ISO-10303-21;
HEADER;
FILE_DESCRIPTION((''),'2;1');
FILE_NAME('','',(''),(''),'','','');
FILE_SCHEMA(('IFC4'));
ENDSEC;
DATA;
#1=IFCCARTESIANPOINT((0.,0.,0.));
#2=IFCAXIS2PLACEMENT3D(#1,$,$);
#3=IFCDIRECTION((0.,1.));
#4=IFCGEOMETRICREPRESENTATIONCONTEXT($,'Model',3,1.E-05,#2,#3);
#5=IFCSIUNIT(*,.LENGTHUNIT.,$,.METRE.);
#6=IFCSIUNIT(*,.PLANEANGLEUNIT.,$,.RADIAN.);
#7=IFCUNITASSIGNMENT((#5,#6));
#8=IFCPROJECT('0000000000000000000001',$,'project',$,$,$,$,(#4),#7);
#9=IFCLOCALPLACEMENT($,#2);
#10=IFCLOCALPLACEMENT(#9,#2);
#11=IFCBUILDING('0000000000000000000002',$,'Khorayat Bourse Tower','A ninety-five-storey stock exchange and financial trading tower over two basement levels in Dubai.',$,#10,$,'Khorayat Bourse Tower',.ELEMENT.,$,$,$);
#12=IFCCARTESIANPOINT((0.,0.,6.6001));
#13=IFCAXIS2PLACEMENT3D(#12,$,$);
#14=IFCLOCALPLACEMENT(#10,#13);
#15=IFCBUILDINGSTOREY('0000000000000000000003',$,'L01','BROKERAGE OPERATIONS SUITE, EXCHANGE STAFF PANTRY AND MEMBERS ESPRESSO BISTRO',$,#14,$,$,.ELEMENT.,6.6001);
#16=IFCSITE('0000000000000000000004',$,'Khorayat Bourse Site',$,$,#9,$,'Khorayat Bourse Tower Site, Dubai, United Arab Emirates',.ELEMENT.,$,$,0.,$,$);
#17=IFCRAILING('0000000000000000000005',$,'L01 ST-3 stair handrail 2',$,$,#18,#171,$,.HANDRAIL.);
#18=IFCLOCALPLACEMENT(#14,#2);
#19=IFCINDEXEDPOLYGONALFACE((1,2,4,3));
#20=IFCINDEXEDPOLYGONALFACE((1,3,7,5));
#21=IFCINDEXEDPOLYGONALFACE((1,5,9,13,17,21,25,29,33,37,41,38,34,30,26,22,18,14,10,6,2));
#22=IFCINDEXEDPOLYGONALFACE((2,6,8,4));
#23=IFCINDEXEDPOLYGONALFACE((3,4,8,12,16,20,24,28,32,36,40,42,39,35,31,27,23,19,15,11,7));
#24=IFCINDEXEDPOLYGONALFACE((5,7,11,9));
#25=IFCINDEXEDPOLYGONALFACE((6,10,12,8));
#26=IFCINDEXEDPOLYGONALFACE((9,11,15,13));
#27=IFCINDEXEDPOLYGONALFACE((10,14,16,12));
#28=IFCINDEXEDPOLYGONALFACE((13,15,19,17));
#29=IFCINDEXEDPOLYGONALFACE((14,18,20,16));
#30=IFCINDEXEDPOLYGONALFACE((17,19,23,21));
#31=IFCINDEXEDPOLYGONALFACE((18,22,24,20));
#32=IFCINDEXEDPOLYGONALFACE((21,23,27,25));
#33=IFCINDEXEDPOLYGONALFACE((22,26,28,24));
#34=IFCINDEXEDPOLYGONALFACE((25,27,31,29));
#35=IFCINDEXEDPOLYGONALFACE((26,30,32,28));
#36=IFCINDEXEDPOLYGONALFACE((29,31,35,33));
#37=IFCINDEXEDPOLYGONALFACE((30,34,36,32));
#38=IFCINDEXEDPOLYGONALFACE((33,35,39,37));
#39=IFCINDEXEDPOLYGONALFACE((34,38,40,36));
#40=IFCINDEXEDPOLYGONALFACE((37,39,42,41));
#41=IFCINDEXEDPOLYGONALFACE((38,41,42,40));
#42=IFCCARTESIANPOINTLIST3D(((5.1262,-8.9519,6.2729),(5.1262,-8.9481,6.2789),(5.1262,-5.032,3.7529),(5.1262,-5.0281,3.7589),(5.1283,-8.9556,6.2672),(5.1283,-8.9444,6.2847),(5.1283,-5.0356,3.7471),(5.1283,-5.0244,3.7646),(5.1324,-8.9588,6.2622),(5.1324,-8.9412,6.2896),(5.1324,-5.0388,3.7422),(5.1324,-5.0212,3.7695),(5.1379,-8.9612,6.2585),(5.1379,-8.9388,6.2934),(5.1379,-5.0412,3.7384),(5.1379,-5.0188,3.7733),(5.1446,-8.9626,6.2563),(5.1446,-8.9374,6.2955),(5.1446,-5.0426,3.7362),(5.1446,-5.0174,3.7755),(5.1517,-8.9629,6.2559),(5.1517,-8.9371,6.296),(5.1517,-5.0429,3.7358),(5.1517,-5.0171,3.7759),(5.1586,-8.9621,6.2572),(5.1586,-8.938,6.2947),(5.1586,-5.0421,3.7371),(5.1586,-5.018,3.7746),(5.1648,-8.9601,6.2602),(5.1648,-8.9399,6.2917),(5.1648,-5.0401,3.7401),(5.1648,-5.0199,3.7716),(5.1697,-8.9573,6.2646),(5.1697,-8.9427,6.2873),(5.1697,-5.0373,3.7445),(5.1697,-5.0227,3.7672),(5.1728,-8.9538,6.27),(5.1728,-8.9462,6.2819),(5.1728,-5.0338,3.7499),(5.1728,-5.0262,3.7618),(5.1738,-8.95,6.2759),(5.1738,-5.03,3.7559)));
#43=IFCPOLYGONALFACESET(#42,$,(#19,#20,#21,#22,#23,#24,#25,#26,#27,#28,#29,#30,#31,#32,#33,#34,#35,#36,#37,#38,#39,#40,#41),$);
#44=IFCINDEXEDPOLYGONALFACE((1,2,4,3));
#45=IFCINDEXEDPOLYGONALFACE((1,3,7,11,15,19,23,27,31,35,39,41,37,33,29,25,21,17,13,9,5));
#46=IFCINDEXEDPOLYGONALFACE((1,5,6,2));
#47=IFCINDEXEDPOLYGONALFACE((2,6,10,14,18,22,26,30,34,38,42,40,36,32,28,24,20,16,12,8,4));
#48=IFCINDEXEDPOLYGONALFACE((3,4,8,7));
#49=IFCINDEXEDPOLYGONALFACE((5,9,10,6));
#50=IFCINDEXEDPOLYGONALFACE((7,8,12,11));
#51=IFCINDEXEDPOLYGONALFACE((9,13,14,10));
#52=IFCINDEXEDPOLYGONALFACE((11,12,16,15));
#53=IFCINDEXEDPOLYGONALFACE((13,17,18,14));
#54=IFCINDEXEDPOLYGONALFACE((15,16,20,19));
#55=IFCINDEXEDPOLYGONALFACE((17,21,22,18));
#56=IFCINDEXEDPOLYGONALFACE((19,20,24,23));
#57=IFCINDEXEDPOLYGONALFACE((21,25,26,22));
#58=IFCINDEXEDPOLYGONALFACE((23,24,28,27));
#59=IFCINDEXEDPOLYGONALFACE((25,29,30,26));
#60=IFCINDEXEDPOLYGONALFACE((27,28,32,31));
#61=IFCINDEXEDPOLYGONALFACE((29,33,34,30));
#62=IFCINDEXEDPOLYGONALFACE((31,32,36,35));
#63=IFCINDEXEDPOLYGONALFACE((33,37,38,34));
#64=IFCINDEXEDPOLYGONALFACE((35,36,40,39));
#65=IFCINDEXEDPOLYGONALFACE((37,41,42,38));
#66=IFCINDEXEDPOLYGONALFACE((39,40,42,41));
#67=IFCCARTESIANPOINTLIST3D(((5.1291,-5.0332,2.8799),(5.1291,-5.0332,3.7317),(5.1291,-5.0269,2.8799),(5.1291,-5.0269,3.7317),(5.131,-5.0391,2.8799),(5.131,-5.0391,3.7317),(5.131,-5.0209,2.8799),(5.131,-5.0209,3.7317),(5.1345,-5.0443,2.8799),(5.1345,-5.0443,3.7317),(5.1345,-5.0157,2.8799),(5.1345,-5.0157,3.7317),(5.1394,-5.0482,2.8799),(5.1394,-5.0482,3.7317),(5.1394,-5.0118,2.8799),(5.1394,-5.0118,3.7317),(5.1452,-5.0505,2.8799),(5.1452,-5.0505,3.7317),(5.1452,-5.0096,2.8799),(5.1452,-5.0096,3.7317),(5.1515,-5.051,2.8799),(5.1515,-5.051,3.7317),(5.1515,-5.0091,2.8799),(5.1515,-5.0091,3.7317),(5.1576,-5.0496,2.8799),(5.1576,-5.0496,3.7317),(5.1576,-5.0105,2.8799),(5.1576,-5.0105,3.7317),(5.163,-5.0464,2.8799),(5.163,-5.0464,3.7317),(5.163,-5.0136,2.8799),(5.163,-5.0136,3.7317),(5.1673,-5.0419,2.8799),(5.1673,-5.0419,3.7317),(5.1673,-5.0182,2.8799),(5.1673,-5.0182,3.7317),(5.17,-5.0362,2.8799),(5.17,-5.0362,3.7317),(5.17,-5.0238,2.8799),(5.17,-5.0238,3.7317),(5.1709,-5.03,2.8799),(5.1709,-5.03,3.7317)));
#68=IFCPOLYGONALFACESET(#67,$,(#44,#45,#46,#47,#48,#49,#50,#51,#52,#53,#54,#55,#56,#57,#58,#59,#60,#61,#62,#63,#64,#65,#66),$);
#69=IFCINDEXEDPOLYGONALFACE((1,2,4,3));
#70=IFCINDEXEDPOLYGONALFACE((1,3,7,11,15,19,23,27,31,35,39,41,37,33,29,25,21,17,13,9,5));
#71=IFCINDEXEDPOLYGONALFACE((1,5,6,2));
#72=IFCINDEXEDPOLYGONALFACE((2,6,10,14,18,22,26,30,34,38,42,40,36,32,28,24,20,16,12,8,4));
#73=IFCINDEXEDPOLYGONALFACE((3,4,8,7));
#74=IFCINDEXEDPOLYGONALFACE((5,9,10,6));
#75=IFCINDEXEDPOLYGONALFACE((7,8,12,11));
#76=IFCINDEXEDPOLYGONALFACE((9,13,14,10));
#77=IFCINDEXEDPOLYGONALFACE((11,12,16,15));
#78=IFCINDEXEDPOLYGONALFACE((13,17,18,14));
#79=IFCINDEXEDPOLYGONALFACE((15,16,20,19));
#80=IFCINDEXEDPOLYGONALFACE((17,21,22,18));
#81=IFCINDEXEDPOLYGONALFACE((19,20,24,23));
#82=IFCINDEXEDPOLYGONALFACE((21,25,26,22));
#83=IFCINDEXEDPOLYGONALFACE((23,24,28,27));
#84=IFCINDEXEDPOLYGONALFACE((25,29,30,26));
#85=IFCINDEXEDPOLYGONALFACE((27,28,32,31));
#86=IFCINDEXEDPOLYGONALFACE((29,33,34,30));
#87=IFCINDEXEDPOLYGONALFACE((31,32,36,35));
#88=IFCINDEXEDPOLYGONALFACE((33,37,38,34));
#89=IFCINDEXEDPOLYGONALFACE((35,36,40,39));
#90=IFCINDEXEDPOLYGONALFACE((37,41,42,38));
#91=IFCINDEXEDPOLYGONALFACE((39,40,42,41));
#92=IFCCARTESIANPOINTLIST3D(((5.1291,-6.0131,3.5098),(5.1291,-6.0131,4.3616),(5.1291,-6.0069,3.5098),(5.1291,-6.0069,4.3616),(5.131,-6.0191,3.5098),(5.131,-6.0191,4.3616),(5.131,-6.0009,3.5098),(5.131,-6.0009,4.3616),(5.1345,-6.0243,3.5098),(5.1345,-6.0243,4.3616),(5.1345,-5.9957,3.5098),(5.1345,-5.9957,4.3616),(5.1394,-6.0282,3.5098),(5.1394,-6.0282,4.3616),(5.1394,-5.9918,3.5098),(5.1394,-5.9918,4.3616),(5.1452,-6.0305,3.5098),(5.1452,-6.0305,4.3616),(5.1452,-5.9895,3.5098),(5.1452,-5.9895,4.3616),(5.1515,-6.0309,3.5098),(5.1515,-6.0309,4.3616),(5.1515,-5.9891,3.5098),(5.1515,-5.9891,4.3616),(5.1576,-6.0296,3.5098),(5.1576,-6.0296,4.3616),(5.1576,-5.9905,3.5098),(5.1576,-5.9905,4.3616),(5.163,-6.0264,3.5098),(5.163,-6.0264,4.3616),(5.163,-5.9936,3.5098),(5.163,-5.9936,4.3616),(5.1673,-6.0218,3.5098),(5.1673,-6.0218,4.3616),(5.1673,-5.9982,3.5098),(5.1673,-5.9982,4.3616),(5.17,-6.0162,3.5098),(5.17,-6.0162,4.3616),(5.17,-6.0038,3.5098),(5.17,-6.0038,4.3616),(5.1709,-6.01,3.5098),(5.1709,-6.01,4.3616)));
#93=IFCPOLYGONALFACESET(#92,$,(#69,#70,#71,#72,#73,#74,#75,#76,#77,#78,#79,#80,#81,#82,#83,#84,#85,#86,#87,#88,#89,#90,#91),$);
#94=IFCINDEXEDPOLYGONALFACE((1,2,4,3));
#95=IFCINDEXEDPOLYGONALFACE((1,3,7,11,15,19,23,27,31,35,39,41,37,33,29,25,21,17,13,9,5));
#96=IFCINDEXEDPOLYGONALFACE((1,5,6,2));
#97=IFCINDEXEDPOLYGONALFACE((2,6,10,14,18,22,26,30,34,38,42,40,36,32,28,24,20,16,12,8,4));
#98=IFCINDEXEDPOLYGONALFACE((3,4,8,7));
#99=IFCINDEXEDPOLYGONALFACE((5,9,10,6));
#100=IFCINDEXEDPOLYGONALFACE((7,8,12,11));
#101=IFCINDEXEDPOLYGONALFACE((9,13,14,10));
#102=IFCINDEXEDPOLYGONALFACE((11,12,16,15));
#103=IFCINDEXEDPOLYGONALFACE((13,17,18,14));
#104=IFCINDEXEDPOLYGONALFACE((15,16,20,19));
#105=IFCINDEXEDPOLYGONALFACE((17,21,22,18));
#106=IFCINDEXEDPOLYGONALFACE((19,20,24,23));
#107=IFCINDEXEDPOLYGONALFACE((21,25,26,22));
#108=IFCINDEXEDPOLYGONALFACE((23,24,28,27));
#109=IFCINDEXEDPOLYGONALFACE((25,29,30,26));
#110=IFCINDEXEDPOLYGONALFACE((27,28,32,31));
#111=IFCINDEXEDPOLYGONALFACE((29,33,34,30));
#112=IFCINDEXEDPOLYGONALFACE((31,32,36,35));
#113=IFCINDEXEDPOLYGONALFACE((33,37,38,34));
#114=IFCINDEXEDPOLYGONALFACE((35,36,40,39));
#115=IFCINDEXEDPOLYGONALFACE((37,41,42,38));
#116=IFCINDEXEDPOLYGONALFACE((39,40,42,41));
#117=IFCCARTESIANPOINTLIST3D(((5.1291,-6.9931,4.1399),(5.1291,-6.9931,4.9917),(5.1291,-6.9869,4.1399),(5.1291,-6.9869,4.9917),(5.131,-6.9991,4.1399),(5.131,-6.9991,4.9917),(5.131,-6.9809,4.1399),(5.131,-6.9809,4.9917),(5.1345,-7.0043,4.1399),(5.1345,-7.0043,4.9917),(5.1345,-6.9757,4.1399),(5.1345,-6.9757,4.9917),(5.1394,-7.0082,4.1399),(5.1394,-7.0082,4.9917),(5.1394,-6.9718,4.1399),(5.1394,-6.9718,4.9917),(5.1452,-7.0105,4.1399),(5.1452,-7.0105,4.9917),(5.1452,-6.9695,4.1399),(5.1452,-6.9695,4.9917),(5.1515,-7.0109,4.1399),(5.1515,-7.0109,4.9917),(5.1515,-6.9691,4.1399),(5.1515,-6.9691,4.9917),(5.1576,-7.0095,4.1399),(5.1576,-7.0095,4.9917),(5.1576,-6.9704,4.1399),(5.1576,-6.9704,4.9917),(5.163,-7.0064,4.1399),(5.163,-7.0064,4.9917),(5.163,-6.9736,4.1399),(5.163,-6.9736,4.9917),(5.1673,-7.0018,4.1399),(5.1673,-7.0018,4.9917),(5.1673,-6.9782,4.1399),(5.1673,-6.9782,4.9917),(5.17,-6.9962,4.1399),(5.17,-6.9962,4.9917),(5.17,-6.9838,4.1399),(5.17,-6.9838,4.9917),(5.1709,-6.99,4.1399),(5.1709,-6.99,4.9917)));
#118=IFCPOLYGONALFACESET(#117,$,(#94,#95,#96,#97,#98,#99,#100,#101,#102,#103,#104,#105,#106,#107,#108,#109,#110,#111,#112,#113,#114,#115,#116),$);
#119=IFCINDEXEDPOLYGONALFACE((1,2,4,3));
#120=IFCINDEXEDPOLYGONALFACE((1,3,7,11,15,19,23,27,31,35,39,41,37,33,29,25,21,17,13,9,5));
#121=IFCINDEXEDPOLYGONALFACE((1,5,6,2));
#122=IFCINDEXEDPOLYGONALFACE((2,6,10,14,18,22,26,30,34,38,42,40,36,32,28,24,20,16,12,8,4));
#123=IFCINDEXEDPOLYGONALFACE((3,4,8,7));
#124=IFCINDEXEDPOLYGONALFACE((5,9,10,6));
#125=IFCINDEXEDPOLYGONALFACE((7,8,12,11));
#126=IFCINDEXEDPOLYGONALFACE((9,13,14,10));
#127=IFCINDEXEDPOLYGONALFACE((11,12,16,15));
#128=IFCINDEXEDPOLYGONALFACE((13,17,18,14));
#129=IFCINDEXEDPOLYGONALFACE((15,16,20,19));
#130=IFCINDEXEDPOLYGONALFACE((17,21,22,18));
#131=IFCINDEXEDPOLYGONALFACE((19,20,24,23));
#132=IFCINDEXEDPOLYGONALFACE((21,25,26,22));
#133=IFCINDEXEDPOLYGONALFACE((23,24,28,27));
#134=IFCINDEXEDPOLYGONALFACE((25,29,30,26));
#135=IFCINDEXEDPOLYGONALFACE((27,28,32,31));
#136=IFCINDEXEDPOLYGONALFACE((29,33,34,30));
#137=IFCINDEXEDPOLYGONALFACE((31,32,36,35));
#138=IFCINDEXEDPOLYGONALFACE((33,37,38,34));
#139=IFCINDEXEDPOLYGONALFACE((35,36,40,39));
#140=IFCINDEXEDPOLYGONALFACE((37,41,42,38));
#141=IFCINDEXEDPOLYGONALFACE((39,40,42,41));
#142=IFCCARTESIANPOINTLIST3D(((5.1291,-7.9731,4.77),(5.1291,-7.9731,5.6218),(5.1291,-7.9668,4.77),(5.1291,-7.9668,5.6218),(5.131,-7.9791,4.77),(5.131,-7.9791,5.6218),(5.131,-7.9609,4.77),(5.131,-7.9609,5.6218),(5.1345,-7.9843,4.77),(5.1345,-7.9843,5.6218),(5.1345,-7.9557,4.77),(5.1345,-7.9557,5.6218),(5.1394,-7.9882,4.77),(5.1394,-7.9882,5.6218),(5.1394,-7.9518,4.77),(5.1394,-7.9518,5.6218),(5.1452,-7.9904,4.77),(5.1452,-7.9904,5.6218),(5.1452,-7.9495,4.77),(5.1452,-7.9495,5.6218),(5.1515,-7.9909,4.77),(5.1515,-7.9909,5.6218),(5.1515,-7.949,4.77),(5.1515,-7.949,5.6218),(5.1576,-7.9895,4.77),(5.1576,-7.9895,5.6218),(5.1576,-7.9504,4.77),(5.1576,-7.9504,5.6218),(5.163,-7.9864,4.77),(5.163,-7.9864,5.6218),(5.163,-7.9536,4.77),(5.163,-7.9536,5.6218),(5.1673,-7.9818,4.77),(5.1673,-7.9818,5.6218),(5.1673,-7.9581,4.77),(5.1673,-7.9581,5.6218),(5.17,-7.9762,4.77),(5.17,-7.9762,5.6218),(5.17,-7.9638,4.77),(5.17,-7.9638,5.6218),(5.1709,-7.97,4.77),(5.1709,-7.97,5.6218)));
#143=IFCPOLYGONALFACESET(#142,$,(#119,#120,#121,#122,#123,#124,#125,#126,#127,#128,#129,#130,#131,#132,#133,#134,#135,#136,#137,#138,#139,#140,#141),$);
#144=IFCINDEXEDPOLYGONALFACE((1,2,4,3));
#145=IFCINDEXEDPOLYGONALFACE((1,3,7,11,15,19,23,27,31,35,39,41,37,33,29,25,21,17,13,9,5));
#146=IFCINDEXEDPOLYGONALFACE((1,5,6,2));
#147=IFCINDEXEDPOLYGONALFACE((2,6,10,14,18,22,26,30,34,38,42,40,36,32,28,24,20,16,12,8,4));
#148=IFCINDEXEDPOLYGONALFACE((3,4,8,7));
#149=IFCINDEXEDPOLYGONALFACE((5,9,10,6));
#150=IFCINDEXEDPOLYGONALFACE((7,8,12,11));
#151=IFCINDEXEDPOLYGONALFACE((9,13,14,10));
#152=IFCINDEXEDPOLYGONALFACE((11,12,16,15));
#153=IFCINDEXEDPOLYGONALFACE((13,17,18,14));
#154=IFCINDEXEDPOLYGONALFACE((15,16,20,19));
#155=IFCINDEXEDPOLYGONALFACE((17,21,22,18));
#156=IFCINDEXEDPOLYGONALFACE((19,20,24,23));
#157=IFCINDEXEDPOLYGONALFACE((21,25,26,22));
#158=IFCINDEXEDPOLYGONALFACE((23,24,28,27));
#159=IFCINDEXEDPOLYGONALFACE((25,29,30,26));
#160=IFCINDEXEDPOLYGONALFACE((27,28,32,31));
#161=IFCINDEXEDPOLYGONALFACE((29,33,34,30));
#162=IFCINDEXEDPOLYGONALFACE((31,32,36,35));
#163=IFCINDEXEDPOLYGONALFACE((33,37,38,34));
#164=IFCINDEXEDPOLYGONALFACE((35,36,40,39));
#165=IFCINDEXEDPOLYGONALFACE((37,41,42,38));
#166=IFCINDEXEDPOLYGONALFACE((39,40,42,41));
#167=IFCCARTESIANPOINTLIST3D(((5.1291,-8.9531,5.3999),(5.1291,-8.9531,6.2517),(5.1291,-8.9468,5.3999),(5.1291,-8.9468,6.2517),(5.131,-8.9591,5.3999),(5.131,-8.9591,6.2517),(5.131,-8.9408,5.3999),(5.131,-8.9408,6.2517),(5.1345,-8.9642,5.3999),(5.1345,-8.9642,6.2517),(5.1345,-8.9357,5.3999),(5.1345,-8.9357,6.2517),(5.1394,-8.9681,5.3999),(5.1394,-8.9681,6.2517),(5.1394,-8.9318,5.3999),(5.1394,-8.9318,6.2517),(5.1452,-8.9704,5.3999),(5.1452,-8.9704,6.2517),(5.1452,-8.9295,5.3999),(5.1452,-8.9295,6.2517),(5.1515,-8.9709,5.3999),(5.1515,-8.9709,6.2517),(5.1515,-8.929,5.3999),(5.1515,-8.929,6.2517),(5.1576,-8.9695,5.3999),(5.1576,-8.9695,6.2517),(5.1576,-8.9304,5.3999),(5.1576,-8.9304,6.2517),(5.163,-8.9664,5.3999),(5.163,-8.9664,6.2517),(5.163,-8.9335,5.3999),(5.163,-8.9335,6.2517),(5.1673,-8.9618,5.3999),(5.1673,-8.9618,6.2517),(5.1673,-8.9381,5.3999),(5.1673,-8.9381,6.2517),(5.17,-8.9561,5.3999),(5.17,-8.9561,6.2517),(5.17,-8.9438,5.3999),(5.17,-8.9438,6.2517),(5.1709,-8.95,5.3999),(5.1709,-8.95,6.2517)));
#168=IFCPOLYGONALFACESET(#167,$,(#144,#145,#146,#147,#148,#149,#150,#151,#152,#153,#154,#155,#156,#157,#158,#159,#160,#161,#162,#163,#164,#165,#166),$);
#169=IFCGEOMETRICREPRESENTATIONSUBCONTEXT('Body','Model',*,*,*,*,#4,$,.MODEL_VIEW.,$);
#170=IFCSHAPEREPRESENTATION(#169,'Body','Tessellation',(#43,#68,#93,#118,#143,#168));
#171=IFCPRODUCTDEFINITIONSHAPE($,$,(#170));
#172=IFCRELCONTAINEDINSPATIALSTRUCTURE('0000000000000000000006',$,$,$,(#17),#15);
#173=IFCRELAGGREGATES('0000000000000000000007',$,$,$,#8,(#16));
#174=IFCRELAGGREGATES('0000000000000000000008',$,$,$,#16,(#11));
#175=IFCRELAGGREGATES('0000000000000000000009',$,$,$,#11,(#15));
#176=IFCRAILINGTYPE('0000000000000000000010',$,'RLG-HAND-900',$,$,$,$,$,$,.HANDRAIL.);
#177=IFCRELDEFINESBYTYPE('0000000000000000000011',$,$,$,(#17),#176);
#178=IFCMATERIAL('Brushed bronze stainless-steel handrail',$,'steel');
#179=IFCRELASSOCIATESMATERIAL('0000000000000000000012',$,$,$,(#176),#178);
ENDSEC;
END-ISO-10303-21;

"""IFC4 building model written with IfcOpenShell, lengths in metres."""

from ifc_helpers import new_model, si_unit, direction, frame, origin, origin_2d, place, context, subcontext, project, spatial, circle, extrude, source, transform, mapped, material, type_object, element, save


model = new_model("IFC4")

# Units and contexts
model_context = context("Model", 3, precision=1e-05, world=origin(), true_north=direction((0.0, 1.0)))
body_context = subcontext(model_context, "Body", "Model", "MODEL_VIEW")
ifc_project = project(units=[si_unit("LENGTHUNIT", "METRE"), si_unit("PLANEANGLEUNIT", "RADIAN")], contexts=[model_context])

# Site, building, storey
site_placement = place(None, origin())
site = spatial("IfcSite", under=ifc_project, at=site_placement, Name="Khorayat Bourse Site", LongName="Khorayat Bourse Tower Site, Dubai, United Arab Emirates", CompositionType="ELEMENT", RefElevation=0.0)
building_placement = place(site_placement, origin())
building = spatial("IfcBuilding", under=site, at=building_placement, Name="Khorayat Bourse Tower", Description="A ninety-five-storey stock exchange and financial trading tower over two basement levels in Dubai.", LongName="Khorayat Bourse Tower", CompositionType="ELEMENT")
storey_placement = place(building_placement, frame((0.0, 0.0, 6.6001)))
storey = spatial("IfcBuildingStorey", under=building, at=storey_placement, Name="L01", Description="BROKERAGE OPERATIONS SUITE, EXCHANGE STAFF PANTRY AND MEMBERS ESPRESSO BISTRO", CompositionType="ELEMENT", Elevation=6.6001)

# Railing
ifc_material_1 = material(Name="Brushed bronze stainless-steel handrail", Category="steel")
railing_type_1 = type_object("IfcRailingType", Name="RLG-HAND-900", PredefinedType="HANDRAIL", material=ifc_material_1)
shared_shape_1 = source(origin(), body_context, "Body", "SweptSolid", [
    extrude(circle(Radius=0.0239, at=origin_2d()), frame((0.0, 0.0, 0.876), z_axis=(0.0, -0.841172, 0.540768), x_axis=(1.0, 0.0, 0.0)), (0.0, 0.0, 1.0), 4.6602),
    extrude(circle(Radius=0.021, at=origin_2d()), origin(), (0.0, 0.0, 1.0), 0.8518),
    extrude(circle(Radius=0.021, at=origin_2d()), frame((0.0, -0.98, 0.6299)), (0.0, 0.0, 1.0), 0.8518),
    extrude(circle(Radius=0.021, at=origin_2d()), frame((0.0, -1.96, 1.26)), (0.0, 0.0, 1.0), 0.8518),
    extrude(circle(Radius=0.021, at=origin_2d()), frame((0.0, -2.9399, 1.8901)), (0.0, 0.0, 1.0), 0.8518),
    extrude(circle(Radius=0.021, at=origin_2d()), frame((0.0, -3.9199, 2.52)), (0.0, 0.0, 1.0), 0.8518),
])
railing_1_placement = place(storey_placement, frame((5.1499, -5.03, 2.8799)))
element("IfcRailing", 1, at=railing_1_placement, inside=storey, type_object=railing_type_1, Name="L01 ST-3 stair handrail 2", PredefinedType="HANDRAIL", context=body_context, shape_type="MappedRepresentation", body=[
    mapped(shared_shape_1, transform((0.0, 0.0, 0.0), scale=1.0)),
])

save(model, "model.ifc")
